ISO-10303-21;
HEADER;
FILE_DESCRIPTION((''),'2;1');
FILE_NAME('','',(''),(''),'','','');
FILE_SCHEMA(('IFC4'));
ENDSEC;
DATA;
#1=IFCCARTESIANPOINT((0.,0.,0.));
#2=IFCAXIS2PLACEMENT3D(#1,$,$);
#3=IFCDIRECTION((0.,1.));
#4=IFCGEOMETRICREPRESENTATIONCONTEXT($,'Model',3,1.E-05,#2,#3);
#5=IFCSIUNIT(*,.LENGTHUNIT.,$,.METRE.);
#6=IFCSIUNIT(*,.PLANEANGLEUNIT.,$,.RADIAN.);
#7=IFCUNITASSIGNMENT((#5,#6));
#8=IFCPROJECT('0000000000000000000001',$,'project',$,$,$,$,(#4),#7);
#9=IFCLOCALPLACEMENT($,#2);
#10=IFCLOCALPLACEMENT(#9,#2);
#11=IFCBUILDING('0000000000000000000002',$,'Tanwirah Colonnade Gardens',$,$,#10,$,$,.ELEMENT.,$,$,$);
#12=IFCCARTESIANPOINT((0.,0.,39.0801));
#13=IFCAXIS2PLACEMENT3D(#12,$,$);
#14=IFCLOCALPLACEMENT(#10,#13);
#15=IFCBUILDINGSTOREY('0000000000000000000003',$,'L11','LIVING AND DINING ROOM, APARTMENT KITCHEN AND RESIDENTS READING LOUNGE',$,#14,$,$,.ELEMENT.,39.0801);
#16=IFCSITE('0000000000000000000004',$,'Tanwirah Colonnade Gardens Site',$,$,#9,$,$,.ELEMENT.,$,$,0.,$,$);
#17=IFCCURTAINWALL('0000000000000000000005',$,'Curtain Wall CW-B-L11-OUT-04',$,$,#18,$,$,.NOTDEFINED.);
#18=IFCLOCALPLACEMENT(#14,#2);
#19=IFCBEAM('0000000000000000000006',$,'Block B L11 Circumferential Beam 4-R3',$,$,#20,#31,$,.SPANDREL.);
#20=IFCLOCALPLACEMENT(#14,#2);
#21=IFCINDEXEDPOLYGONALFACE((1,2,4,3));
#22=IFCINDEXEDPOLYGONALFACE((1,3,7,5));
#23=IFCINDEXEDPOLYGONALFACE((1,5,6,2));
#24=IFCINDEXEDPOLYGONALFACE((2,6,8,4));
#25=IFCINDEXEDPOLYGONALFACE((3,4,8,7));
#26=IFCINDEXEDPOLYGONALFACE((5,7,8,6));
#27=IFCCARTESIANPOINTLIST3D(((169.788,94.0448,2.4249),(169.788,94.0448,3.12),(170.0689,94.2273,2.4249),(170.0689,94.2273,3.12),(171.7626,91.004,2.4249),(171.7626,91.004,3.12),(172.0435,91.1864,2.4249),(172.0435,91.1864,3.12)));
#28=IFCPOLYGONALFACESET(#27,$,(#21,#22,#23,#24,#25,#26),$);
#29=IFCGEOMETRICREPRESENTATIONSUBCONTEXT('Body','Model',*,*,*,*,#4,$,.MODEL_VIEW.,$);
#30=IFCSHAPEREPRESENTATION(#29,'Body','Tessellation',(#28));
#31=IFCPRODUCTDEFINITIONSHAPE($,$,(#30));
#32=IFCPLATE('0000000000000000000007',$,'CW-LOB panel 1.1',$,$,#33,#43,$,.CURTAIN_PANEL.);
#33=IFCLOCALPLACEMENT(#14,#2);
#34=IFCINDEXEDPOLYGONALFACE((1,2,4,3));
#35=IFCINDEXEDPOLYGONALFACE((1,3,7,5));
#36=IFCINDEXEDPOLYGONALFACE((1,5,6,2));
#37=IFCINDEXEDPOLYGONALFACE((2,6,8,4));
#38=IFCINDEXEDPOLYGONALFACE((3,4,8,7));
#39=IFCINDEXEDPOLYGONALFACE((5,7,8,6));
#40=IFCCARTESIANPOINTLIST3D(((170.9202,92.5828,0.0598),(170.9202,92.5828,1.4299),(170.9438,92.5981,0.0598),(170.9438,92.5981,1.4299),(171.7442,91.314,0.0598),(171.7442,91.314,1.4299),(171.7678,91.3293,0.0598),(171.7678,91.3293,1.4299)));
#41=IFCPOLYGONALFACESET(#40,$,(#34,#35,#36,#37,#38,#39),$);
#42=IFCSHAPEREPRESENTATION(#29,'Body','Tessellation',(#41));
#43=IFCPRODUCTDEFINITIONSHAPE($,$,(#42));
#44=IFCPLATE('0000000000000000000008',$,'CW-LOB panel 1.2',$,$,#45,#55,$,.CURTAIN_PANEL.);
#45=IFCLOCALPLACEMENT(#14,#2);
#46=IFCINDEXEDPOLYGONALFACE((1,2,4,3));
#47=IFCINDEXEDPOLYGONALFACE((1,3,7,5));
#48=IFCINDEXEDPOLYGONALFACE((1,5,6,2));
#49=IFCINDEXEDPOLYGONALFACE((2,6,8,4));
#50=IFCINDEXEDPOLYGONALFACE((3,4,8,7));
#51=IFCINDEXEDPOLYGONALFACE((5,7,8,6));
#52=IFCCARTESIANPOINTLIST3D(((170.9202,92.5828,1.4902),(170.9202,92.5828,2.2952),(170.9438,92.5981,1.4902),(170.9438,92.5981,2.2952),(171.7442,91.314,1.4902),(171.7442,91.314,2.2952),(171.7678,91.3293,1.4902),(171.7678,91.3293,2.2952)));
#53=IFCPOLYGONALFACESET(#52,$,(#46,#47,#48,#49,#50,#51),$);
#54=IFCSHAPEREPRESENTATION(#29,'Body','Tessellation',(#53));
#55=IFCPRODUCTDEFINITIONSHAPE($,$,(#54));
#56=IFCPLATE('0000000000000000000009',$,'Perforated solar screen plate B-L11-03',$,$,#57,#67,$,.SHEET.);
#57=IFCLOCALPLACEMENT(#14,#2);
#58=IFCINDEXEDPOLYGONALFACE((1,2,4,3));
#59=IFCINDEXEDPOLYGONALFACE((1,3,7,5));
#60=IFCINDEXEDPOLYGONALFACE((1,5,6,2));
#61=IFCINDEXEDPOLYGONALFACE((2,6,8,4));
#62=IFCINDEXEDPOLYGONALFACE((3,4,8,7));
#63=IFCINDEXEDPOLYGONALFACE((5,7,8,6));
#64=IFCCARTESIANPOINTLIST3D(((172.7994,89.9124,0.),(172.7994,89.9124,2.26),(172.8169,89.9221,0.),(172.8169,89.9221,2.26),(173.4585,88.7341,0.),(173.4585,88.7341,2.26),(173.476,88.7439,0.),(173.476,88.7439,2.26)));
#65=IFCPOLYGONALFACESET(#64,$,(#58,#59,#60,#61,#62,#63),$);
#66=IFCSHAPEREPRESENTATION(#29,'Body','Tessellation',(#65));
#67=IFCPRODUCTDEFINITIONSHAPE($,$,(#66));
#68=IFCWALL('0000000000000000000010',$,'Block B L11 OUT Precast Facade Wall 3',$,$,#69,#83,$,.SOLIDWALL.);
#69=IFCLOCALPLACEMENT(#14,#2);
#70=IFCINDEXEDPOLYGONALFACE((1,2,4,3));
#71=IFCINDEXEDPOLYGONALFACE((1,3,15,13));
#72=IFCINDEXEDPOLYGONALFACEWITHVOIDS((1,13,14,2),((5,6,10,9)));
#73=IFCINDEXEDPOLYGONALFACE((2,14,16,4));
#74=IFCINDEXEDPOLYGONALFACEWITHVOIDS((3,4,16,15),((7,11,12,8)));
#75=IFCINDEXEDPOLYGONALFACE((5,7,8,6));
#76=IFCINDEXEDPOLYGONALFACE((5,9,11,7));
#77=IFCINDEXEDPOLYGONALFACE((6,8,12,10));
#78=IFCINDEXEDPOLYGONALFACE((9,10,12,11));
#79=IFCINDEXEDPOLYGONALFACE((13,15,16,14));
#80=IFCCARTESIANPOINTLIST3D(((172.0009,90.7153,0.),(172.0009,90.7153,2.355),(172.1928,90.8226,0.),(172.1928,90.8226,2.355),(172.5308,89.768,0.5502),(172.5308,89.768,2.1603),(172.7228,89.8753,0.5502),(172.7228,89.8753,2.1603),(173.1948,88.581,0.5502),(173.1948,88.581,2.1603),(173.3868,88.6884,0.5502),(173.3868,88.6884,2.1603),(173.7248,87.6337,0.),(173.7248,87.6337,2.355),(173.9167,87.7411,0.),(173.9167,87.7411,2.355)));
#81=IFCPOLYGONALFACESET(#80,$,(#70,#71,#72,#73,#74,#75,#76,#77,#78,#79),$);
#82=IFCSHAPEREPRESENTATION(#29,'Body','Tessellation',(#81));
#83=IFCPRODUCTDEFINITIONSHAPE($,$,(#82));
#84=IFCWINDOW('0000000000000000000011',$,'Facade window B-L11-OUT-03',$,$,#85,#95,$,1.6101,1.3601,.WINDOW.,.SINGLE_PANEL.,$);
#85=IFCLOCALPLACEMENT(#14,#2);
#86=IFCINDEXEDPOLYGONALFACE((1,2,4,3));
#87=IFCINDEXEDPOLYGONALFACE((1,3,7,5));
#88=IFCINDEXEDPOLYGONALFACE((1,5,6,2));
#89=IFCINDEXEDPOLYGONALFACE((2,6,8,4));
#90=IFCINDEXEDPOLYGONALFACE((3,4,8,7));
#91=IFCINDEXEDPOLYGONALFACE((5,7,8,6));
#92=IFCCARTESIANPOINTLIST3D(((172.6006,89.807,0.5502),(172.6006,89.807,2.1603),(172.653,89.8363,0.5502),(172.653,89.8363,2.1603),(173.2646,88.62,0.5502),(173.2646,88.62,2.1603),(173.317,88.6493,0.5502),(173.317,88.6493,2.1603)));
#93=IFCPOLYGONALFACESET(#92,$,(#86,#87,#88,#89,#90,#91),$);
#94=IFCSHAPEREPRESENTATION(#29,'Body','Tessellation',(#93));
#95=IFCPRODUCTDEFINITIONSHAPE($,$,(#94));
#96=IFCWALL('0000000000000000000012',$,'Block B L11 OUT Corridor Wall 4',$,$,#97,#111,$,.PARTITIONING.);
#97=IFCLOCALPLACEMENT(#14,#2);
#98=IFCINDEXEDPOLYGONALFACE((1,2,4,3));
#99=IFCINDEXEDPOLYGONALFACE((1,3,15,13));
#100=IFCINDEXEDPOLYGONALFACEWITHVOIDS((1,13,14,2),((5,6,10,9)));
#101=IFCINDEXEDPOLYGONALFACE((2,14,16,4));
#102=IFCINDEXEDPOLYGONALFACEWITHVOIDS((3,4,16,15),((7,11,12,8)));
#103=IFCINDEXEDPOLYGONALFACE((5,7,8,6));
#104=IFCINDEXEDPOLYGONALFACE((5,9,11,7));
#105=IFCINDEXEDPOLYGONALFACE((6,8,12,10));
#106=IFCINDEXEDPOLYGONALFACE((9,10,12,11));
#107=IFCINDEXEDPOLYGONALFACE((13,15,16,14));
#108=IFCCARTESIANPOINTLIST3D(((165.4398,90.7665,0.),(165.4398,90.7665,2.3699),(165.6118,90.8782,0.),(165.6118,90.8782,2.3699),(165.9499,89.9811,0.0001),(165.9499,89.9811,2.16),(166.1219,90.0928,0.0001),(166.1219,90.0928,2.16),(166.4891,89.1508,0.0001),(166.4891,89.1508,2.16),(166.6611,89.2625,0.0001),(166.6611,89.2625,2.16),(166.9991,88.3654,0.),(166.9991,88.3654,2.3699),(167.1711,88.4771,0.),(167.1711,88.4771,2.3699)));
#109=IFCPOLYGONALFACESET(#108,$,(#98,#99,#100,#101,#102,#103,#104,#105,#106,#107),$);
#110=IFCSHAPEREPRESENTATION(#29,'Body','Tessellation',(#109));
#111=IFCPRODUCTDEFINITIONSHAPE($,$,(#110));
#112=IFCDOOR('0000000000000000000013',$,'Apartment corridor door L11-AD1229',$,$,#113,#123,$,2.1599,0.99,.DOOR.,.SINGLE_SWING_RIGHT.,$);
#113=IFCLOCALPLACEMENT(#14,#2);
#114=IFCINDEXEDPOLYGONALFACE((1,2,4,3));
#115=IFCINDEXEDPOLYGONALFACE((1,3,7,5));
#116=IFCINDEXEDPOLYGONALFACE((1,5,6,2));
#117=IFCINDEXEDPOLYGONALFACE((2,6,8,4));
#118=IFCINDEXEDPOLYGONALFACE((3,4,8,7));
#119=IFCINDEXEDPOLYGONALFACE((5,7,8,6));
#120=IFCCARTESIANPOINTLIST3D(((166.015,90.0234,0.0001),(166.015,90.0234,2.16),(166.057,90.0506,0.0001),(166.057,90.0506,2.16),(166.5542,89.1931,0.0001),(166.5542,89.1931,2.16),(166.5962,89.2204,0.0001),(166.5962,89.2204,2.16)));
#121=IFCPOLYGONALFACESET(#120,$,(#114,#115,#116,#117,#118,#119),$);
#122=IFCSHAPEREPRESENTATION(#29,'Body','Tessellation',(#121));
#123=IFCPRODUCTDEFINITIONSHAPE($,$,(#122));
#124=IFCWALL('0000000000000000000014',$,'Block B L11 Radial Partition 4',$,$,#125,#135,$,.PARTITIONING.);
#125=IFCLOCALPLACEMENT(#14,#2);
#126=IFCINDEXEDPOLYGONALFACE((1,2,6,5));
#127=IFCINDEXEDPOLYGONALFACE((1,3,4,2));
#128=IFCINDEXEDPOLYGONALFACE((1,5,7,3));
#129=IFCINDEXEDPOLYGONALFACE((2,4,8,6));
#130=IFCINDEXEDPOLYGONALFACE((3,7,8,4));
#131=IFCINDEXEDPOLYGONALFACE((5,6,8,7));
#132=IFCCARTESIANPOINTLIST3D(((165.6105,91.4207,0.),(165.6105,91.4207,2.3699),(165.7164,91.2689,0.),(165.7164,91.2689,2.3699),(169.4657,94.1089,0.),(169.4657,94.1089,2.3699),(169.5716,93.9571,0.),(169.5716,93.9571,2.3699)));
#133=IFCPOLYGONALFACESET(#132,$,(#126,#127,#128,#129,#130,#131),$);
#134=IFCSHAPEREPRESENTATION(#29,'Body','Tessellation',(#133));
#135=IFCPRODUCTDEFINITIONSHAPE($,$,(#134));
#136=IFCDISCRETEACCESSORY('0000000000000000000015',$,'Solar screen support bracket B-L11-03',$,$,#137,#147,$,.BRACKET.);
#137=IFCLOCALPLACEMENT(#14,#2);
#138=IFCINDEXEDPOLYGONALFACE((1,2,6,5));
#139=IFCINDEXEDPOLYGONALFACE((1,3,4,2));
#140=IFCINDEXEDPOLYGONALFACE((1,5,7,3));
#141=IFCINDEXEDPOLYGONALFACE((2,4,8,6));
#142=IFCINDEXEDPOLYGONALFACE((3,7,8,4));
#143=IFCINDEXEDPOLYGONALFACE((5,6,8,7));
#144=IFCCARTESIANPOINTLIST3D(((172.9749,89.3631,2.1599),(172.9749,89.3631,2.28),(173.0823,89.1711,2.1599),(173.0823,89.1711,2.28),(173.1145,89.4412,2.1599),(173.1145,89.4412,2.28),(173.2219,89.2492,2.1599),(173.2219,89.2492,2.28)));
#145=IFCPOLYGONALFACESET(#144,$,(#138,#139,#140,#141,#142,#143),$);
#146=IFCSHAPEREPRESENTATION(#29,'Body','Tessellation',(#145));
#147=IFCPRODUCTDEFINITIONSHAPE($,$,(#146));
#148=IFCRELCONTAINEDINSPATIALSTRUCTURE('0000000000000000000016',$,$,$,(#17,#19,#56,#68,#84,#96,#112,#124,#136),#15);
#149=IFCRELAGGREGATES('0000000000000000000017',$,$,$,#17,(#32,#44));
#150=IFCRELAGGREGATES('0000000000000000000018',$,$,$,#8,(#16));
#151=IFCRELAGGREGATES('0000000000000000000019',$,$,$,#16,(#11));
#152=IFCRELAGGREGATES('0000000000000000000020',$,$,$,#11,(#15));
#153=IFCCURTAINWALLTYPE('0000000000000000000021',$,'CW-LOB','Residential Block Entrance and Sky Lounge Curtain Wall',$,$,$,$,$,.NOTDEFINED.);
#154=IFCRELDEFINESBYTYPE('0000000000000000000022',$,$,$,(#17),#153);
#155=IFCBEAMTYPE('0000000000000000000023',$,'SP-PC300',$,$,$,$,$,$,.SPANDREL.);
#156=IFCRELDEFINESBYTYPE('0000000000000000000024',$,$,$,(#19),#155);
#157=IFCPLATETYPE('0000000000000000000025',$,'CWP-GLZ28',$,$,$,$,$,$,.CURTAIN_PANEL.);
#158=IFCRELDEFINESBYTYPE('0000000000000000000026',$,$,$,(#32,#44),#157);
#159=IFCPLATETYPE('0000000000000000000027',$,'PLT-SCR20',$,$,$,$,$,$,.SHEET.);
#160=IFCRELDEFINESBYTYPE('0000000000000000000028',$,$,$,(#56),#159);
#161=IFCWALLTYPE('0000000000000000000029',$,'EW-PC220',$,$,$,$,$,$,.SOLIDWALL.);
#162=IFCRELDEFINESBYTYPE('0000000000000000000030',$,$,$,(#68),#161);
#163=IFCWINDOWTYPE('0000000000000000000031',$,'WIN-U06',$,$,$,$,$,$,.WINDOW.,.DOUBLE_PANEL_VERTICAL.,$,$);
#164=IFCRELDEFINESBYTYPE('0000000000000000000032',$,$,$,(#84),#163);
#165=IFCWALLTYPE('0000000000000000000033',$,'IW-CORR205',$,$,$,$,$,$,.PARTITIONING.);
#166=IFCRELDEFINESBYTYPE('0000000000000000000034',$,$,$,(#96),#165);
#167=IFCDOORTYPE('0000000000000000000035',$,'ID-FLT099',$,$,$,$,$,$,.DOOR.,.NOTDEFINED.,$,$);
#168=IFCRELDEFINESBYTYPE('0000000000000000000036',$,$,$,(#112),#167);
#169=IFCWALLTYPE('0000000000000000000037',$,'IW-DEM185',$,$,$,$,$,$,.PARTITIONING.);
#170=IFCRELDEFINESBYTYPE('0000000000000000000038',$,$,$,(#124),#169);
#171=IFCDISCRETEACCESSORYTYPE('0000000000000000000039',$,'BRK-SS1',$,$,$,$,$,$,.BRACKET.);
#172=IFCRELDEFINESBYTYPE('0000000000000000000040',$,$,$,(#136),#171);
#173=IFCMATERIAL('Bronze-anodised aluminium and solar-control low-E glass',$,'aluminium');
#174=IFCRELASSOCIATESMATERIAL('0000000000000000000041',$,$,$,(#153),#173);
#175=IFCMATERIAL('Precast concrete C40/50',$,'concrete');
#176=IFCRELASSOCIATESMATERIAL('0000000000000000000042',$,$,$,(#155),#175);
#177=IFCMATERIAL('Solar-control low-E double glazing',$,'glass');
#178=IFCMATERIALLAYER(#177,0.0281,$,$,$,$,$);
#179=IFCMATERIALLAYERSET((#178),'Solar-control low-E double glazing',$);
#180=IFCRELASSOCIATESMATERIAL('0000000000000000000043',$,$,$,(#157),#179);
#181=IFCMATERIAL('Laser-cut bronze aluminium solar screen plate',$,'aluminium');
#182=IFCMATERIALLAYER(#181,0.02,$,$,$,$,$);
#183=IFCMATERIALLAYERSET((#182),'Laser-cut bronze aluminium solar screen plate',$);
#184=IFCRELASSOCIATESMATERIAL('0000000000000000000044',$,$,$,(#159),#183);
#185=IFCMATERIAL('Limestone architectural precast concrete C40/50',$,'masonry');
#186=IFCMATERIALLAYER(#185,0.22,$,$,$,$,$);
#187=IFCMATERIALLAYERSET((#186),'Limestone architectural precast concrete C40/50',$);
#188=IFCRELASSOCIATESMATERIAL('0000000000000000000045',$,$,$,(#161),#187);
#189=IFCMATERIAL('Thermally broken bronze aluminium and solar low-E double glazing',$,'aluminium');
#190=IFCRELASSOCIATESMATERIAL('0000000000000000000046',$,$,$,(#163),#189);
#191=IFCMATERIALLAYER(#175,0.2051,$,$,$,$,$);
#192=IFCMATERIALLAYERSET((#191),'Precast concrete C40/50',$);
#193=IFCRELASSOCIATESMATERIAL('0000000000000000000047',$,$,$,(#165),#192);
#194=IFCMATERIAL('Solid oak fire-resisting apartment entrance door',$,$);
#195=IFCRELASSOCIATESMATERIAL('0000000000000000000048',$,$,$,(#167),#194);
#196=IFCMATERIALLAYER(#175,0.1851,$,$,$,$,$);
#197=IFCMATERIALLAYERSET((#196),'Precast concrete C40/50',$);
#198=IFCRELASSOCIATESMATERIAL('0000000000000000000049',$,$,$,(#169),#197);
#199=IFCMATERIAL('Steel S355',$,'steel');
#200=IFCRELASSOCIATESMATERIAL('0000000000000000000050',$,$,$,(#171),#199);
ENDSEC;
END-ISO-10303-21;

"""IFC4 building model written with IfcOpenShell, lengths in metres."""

from ifc_helpers import new_model, si_unit, direction, frame, frame_2d, origin, origin_2d, place, context, subcontext, project, spatial, rectangle, extrude, material, layer, layer_set, material_profile, profile_set, type_object, element, fill, aggregate, save


model = new_model("IFC4")

# Units and contexts
model_context = context("Model", 3, precision=1e-05, world=origin(), true_north=direction((0.0, 1.0)))
body_context = subcontext(model_context, "Body", "Model", "MODEL_VIEW")
ifc_project = project(units=[si_unit("LENGTHUNIT", "METRE"), si_unit("PLANEANGLEUNIT", "RADIAN")], contexts=[model_context])

# Site, building, storey
site_placement = place(None, origin())
site = spatial("IfcSite", under=ifc_project, at=site_placement, Name="Tanwirah Colonnade Gardens Site", CompositionType="ELEMENT", RefElevation=0.0)
building_placement = place(site_placement, origin())
building = spatial("IfcBuilding", under=site, at=building_placement, Name="Tanwirah Colonnade Gardens", CompositionType="ELEMENT")
storey_placement = place(building_placement, frame((0.0, 0.0, 39.0801)))
storey = spatial("IfcBuildingStorey", under=building, at=storey_placement, Name="L11", Description="LIVING AND DINING ROOM, APARTMENT KITCHEN AND RESIDENTS READING LOUNGE", CompositionType="ELEMENT", Elevation=39.0801)

# Shared definitions
ifc_material_1 = material(Name="Precast concrete C40/50", Category="concrete")

# Curtain wall
ifc_material_2 = material(Name="Bronze-anodised aluminium and solar-control low-E glass", Category="aluminium")
curtain_wall_type = type_object("IfcCurtainWallType", Name="CW-LOB", Description="Residential Block Entrance and Sky Lounge Curtain Wall", PredefinedType="NOTDEFINED", material=ifc_material_2)
curtain_wall_placement = place(storey_placement, origin())
curtain_wall = element("IfcCurtainWall", 1, at=curtain_wall_placement, inside=storey, type_object=curtain_wall_type, Name="Curtain Wall CW-B-L11-OUT-04", PredefinedType="NOTDEFINED")

# Beam
ifc_material_profile_1 = material_profile(ifc_material_1, rectangle(XDim=0.335, YDim=0.6951, at=origin_2d()), Name="PC-SP 335x695")
ifc_profile_set_1 = profile_set([ifc_material_profile_1], Name="Precast concrete C40/50")
beam_type_1 = type_object("IfcBeamType", Name="SP-PC300", PredefinedType="SPANDREL", material=ifc_profile_set_1)
beam_1_placement = place(storey_placement, frame((171.9031, 91.0952, 2.7725), z_axis=(-0.544621, 0.838682, 0.0), x_axis=(-0.838682, -0.544621, 0.0)))
element("IfcBeam", 2, at=beam_1_placement, inside=storey, type_object=beam_type_1, Name="Block B L11 Circumferential Beam 4-R3", PredefinedType="SPANDREL", context=body_context, shape_type="SweptSolid", body=[
    extrude(rectangle(XDim=0.335, YDim=0.6951, at=origin_2d()), origin(), (0.0, 0.0, 1.0), 3.6257),
])

# Plates
ifc_material_3 = material(Name="Solar-control low-E double glazing", Category="glass")
ifc_layer_1 = layer(ifc_material_3, 0.0281)
ifc_layer_set_1 = layer_set([ifc_layer_1], Name="Solar-control low-E double glazing")
plate_type_1 = type_object("IfcPlateType", Name="CWP-GLZ28", PredefinedType="CURTAIN_PANEL", material=ifc_layer_set_1)
plate_1_placement = place(storey_placement, frame((171.344, 91.9561, 0.0598), z_axis=(0.0, 0.0, 1.0), x_axis=(-0.54464, 0.83867, 0.0)))
plate_1 = element("IfcPlate", 3, at=plate_1_placement, type_object=plate_type_1, Name="CW-LOB panel 1.1", PredefinedType="CURTAIN_PANEL", context=body_context, shape_type="SweptSolid", body=[
    extrude(rectangle(XDim=1.5129, YDim=0.0281, at=origin_2d()), origin(), (0.0, 0.0, 1.0), 1.3701),
])
plate_2_placement = place(storey_placement, frame((171.344, 91.9561, 1.4902), z_axis=(0.0, 0.0, 1.0), x_axis=(-0.54464, 0.83867, 0.0)))
plate_2 = element("IfcPlate", 4, at=plate_2_placement, type_object=plate_type_1, Name="CW-LOB panel 1.2", PredefinedType="CURTAIN_PANEL", context=body_context, shape_type="SweptSolid", body=[
    extrude(rectangle(XDim=1.5129, YDim=0.0281, at=origin_2d()), origin(), (0.0, 0.0, 1.0), 0.8049),
])
aggregate(curtain_wall, [plate_1, plate_2])
ifc_material_4 = material(Name="Laser-cut bronze aluminium solar screen plate", Category="aluminium")
ifc_layer_2 = layer(ifc_material_4, 0.02)
ifc_layer_set_2 = layer_set([ifc_layer_2], Name="Laser-cut bronze aluminium solar screen plate")
plate_type_2 = type_object("IfcPlateType", Name="PLT-SCR20", PredefinedType="SHEET", material=ifc_layer_set_2)
plate_3_placement = place(storey_placement, frame((173.1377, 89.3281, 0.0), z_axis=(0.0, 0.0, 1.0), x_axis=(-0.488198, 0.872733, 0.0)))
element("IfcPlate", 5, at=plate_3_placement, inside=storey, type_object=plate_type_2, Name="Perforated solar screen plate B-L11-03", PredefinedType="SHEET", context=body_context, shape_type="SweptSolid", body=[
    extrude(rectangle(XDim=1.3501, YDim=0.02, at=origin_2d()), origin(), (0.0, 0.0, 1.0), 2.26),
])

# Wall, opening, window
ifc_material_5 = material(Name="Limestone architectural precast concrete C40/50", Category="masonry")
ifc_layer_3 = layer(ifc_material_5, 0.22)
ifc_layer_set_3 = layer_set([ifc_layer_3], Name="Limestone architectural precast concrete C40/50")
wall_type_1 = type_object("IfcWallType", Name="EW-PC220", PredefinedType="SOLIDWALL", material=ifc_layer_set_3)
wall_1_placement = place(storey_placement, frame((173.8208, 87.6873, 0.0), z_axis=(0.0, 0.0, 1.0), x_axis=(-0.488218, 0.872722, 0.0)))
wall_1 = element("IfcWall", 6, at=wall_1_placement, inside=storey, type_object=wall_type_1, Name="Block B L11 OUT Precast Facade Wall 3", PredefinedType="SOLIDWALL", context=body_context, shape_type="SweptSolid", body=[
    extrude(rectangle(XDim=3.531, YDim=0.22, at=frame_2d((1.7656, 0.0))), origin(), (0.0, 0.0, 1.0), 2.355),
])
opening_1_placement = place(wall_1_placement, frame((1.0854, 0.0, 0.55)))
opening_1 = element("IfcOpeningElement", 7, at=opening_1_placement, cuts=wall_1, PredefinedType="OPENING", context=body_context, shape_type="SweptSolid", body=[
    extrude(rectangle(XDim=1.3601, YDim=1.6101, at=frame_2d((0.6802, 0.8052))), frame((0.0, 0.1199, 0.0), z_axis=(0.0, -1.0, 0.0), x_axis=(1.0, 0.0, 0.0)), (0.0, 0.0, 1.0), 0.24),
])
ifc_material_6 = material(Name="Thermally broken bronze aluminium and solar low-E double glazing", Category="aluminium")
window_type = type_object("IfcWindowType", Name="WIN-U06", PartitioningType="DOUBLE_PANEL_VERTICAL", PredefinedType="WINDOW", material=ifc_material_6)
window_placement = place(opening_1_placement, origin())
window = element("IfcWindow", 8, at=window_placement, inside=storey, type_object=window_type, Name="Facade window B-L11-OUT-03", OverallHeight=1.6101, OverallWidth=1.3601, PartitioningType="SINGLE_PANEL", PredefinedType="WINDOW", context=body_context, shape_type="SweptSolid", body=[
    extrude(rectangle(XDim=1.3601, YDim=1.6101, at=frame_2d((0.6802, 0.8052))), frame((0.0, 0.03, 0.0), z_axis=(0.0, -1.0, 0.0), x_axis=(1.0, 0.0, 0.0)), (0.0, 0.0, 1.0), 0.0601),
])
fill(opening_1, window)

# Wall, opening, door
ifc_layer_4 = layer(ifc_material_1, 0.2051)
ifc_layer_set_4 = layer_set([ifc_layer_4], Name="Precast concrete C40/50")
wall_type_2 = type_object("IfcWallType", Name="IW-CORR205", PredefinedType="PARTITIONING", material=ifc_layer_set_4)
wall_2_placement = place(storey_placement, frame((167.0852, 88.4211, 0.0), z_axis=(0.0, 0.0, 1.0), x_axis=(-0.544644, 0.838668, 0.0)))
wall_2 = element("IfcWall", 9, at=wall_2_placement, inside=storey, type_object=wall_type_2, Name="Block B L11 OUT Corridor Wall 4", PredefinedType="PARTITIONING", context=body_context, shape_type="SweptSolid", body=[
    extrude(rectangle(XDim=2.863, YDim=0.2051, at=frame_2d((1.4316, 0.0))), origin(), (0.0, 0.0, 1.0), 2.3699),
])
opening_2_placement = place(wall_2_placement, frame((0.9365, 0.0, 0.0)))
opening_2 = element("IfcOpeningElement", 10, at=opening_2_placement, cuts=wall_2, PredefinedType="OPENING", context=body_context, shape_type="SweptSolid", body=[
    extrude(rectangle(XDim=0.99, YDim=2.1599, at=frame_2d((0.4951, 1.0801))), frame((0.0, 0.1125, 0.0), z_axis=(0.0, -1.0, 0.0), x_axis=(1.0, 0.0, 0.0)), (0.0, 0.0, 1.0), 0.2251),
])
ifc_material_7 = material(Name="Solid oak fire-resisting apartment entrance door")
door_type = type_object("IfcDoorType", Name="ID-FLT099", OperationType="NOTDEFINED", PredefinedType="DOOR", material=ifc_material_7)
door_placement = place(opening_2_placement, origin())
door = element("IfcDoor", 11, at=door_placement, inside=storey, type_object=door_type, Name="Apartment corridor door L11-AD1229", OperationType="SINGLE_SWING_RIGHT", OverallHeight=2.1599, OverallWidth=0.99, PredefinedType="DOOR", context=body_context, shape_type="SweptSolid", body=[
    extrude(rectangle(XDim=0.99, YDim=2.1599, at=frame_2d((0.4951, 1.0801))), frame((0.0, 0.0249, 0.0), z_axis=(0.0, -1.0, 0.0), x_axis=(1.0, 0.0, 0.0)), (0.0, 0.0, 1.0), 0.05),
])
fill(opening_2, door)

# Wall
ifc_layer_5 = layer(ifc_material_1, 0.1851)
ifc_layer_set_5 = layer_set([ifc_layer_5], Name="Precast concrete C40/50")
wall_type_3 = type_object("IfcWallType", Name="IW-DEM185", PredefinedType="PARTITIONING", material=ifc_layer_set_5)
wall_3_placement = place(storey_placement, frame((165.6633, 91.3447, 0.0), z_axis=(0.0, 0.0, 1.0), x_axis=(0.820273, 0.571973, 0.0)))
element("IfcWall", 12, at=wall_3_placement, inside=storey, type_object=wall_type_3, Name="Block B L11 Radial Partition 4", PredefinedType="PARTITIONING", context=body_context, shape_type="SweptSolid", body=[
    extrude(rectangle(XDim=4.7, YDim=0.1851, at=frame_2d((2.3501, 0.0))), origin(), (0.0, 0.0, 1.0), 2.3699),
])

# Discrete accessory
ifc_material_8 = material(Name="Steel S355", Category="steel")
discrete_accessory_type = type_object("IfcDiscreteAccessoryType", Name="BRK-SS1", PredefinedType="BRACKET", material=ifc_material_8)
discrete_accessory_placement = place(storey_placement, frame((173.0984, 89.3062, 2.1599), z_axis=(0.0, 0.0, 1.0), x_axis=(-0.488198, 0.872733, 0.0)))
element("IfcDiscreteAccessory", 13, at=discrete_accessory_placement, inside=storey, type_object=discrete_accessory_type, Name="Solar screen support bracket B-L11-03", PredefinedType="BRACKET", context=body_context, shape_type="SweptSolid", body=[
    extrude(rectangle(XDim=0.22, YDim=0.1599, at=origin_2d()), origin(), (0.0, 0.0, 1.0), 0.1201),
])

save(model, "model.ifc")
